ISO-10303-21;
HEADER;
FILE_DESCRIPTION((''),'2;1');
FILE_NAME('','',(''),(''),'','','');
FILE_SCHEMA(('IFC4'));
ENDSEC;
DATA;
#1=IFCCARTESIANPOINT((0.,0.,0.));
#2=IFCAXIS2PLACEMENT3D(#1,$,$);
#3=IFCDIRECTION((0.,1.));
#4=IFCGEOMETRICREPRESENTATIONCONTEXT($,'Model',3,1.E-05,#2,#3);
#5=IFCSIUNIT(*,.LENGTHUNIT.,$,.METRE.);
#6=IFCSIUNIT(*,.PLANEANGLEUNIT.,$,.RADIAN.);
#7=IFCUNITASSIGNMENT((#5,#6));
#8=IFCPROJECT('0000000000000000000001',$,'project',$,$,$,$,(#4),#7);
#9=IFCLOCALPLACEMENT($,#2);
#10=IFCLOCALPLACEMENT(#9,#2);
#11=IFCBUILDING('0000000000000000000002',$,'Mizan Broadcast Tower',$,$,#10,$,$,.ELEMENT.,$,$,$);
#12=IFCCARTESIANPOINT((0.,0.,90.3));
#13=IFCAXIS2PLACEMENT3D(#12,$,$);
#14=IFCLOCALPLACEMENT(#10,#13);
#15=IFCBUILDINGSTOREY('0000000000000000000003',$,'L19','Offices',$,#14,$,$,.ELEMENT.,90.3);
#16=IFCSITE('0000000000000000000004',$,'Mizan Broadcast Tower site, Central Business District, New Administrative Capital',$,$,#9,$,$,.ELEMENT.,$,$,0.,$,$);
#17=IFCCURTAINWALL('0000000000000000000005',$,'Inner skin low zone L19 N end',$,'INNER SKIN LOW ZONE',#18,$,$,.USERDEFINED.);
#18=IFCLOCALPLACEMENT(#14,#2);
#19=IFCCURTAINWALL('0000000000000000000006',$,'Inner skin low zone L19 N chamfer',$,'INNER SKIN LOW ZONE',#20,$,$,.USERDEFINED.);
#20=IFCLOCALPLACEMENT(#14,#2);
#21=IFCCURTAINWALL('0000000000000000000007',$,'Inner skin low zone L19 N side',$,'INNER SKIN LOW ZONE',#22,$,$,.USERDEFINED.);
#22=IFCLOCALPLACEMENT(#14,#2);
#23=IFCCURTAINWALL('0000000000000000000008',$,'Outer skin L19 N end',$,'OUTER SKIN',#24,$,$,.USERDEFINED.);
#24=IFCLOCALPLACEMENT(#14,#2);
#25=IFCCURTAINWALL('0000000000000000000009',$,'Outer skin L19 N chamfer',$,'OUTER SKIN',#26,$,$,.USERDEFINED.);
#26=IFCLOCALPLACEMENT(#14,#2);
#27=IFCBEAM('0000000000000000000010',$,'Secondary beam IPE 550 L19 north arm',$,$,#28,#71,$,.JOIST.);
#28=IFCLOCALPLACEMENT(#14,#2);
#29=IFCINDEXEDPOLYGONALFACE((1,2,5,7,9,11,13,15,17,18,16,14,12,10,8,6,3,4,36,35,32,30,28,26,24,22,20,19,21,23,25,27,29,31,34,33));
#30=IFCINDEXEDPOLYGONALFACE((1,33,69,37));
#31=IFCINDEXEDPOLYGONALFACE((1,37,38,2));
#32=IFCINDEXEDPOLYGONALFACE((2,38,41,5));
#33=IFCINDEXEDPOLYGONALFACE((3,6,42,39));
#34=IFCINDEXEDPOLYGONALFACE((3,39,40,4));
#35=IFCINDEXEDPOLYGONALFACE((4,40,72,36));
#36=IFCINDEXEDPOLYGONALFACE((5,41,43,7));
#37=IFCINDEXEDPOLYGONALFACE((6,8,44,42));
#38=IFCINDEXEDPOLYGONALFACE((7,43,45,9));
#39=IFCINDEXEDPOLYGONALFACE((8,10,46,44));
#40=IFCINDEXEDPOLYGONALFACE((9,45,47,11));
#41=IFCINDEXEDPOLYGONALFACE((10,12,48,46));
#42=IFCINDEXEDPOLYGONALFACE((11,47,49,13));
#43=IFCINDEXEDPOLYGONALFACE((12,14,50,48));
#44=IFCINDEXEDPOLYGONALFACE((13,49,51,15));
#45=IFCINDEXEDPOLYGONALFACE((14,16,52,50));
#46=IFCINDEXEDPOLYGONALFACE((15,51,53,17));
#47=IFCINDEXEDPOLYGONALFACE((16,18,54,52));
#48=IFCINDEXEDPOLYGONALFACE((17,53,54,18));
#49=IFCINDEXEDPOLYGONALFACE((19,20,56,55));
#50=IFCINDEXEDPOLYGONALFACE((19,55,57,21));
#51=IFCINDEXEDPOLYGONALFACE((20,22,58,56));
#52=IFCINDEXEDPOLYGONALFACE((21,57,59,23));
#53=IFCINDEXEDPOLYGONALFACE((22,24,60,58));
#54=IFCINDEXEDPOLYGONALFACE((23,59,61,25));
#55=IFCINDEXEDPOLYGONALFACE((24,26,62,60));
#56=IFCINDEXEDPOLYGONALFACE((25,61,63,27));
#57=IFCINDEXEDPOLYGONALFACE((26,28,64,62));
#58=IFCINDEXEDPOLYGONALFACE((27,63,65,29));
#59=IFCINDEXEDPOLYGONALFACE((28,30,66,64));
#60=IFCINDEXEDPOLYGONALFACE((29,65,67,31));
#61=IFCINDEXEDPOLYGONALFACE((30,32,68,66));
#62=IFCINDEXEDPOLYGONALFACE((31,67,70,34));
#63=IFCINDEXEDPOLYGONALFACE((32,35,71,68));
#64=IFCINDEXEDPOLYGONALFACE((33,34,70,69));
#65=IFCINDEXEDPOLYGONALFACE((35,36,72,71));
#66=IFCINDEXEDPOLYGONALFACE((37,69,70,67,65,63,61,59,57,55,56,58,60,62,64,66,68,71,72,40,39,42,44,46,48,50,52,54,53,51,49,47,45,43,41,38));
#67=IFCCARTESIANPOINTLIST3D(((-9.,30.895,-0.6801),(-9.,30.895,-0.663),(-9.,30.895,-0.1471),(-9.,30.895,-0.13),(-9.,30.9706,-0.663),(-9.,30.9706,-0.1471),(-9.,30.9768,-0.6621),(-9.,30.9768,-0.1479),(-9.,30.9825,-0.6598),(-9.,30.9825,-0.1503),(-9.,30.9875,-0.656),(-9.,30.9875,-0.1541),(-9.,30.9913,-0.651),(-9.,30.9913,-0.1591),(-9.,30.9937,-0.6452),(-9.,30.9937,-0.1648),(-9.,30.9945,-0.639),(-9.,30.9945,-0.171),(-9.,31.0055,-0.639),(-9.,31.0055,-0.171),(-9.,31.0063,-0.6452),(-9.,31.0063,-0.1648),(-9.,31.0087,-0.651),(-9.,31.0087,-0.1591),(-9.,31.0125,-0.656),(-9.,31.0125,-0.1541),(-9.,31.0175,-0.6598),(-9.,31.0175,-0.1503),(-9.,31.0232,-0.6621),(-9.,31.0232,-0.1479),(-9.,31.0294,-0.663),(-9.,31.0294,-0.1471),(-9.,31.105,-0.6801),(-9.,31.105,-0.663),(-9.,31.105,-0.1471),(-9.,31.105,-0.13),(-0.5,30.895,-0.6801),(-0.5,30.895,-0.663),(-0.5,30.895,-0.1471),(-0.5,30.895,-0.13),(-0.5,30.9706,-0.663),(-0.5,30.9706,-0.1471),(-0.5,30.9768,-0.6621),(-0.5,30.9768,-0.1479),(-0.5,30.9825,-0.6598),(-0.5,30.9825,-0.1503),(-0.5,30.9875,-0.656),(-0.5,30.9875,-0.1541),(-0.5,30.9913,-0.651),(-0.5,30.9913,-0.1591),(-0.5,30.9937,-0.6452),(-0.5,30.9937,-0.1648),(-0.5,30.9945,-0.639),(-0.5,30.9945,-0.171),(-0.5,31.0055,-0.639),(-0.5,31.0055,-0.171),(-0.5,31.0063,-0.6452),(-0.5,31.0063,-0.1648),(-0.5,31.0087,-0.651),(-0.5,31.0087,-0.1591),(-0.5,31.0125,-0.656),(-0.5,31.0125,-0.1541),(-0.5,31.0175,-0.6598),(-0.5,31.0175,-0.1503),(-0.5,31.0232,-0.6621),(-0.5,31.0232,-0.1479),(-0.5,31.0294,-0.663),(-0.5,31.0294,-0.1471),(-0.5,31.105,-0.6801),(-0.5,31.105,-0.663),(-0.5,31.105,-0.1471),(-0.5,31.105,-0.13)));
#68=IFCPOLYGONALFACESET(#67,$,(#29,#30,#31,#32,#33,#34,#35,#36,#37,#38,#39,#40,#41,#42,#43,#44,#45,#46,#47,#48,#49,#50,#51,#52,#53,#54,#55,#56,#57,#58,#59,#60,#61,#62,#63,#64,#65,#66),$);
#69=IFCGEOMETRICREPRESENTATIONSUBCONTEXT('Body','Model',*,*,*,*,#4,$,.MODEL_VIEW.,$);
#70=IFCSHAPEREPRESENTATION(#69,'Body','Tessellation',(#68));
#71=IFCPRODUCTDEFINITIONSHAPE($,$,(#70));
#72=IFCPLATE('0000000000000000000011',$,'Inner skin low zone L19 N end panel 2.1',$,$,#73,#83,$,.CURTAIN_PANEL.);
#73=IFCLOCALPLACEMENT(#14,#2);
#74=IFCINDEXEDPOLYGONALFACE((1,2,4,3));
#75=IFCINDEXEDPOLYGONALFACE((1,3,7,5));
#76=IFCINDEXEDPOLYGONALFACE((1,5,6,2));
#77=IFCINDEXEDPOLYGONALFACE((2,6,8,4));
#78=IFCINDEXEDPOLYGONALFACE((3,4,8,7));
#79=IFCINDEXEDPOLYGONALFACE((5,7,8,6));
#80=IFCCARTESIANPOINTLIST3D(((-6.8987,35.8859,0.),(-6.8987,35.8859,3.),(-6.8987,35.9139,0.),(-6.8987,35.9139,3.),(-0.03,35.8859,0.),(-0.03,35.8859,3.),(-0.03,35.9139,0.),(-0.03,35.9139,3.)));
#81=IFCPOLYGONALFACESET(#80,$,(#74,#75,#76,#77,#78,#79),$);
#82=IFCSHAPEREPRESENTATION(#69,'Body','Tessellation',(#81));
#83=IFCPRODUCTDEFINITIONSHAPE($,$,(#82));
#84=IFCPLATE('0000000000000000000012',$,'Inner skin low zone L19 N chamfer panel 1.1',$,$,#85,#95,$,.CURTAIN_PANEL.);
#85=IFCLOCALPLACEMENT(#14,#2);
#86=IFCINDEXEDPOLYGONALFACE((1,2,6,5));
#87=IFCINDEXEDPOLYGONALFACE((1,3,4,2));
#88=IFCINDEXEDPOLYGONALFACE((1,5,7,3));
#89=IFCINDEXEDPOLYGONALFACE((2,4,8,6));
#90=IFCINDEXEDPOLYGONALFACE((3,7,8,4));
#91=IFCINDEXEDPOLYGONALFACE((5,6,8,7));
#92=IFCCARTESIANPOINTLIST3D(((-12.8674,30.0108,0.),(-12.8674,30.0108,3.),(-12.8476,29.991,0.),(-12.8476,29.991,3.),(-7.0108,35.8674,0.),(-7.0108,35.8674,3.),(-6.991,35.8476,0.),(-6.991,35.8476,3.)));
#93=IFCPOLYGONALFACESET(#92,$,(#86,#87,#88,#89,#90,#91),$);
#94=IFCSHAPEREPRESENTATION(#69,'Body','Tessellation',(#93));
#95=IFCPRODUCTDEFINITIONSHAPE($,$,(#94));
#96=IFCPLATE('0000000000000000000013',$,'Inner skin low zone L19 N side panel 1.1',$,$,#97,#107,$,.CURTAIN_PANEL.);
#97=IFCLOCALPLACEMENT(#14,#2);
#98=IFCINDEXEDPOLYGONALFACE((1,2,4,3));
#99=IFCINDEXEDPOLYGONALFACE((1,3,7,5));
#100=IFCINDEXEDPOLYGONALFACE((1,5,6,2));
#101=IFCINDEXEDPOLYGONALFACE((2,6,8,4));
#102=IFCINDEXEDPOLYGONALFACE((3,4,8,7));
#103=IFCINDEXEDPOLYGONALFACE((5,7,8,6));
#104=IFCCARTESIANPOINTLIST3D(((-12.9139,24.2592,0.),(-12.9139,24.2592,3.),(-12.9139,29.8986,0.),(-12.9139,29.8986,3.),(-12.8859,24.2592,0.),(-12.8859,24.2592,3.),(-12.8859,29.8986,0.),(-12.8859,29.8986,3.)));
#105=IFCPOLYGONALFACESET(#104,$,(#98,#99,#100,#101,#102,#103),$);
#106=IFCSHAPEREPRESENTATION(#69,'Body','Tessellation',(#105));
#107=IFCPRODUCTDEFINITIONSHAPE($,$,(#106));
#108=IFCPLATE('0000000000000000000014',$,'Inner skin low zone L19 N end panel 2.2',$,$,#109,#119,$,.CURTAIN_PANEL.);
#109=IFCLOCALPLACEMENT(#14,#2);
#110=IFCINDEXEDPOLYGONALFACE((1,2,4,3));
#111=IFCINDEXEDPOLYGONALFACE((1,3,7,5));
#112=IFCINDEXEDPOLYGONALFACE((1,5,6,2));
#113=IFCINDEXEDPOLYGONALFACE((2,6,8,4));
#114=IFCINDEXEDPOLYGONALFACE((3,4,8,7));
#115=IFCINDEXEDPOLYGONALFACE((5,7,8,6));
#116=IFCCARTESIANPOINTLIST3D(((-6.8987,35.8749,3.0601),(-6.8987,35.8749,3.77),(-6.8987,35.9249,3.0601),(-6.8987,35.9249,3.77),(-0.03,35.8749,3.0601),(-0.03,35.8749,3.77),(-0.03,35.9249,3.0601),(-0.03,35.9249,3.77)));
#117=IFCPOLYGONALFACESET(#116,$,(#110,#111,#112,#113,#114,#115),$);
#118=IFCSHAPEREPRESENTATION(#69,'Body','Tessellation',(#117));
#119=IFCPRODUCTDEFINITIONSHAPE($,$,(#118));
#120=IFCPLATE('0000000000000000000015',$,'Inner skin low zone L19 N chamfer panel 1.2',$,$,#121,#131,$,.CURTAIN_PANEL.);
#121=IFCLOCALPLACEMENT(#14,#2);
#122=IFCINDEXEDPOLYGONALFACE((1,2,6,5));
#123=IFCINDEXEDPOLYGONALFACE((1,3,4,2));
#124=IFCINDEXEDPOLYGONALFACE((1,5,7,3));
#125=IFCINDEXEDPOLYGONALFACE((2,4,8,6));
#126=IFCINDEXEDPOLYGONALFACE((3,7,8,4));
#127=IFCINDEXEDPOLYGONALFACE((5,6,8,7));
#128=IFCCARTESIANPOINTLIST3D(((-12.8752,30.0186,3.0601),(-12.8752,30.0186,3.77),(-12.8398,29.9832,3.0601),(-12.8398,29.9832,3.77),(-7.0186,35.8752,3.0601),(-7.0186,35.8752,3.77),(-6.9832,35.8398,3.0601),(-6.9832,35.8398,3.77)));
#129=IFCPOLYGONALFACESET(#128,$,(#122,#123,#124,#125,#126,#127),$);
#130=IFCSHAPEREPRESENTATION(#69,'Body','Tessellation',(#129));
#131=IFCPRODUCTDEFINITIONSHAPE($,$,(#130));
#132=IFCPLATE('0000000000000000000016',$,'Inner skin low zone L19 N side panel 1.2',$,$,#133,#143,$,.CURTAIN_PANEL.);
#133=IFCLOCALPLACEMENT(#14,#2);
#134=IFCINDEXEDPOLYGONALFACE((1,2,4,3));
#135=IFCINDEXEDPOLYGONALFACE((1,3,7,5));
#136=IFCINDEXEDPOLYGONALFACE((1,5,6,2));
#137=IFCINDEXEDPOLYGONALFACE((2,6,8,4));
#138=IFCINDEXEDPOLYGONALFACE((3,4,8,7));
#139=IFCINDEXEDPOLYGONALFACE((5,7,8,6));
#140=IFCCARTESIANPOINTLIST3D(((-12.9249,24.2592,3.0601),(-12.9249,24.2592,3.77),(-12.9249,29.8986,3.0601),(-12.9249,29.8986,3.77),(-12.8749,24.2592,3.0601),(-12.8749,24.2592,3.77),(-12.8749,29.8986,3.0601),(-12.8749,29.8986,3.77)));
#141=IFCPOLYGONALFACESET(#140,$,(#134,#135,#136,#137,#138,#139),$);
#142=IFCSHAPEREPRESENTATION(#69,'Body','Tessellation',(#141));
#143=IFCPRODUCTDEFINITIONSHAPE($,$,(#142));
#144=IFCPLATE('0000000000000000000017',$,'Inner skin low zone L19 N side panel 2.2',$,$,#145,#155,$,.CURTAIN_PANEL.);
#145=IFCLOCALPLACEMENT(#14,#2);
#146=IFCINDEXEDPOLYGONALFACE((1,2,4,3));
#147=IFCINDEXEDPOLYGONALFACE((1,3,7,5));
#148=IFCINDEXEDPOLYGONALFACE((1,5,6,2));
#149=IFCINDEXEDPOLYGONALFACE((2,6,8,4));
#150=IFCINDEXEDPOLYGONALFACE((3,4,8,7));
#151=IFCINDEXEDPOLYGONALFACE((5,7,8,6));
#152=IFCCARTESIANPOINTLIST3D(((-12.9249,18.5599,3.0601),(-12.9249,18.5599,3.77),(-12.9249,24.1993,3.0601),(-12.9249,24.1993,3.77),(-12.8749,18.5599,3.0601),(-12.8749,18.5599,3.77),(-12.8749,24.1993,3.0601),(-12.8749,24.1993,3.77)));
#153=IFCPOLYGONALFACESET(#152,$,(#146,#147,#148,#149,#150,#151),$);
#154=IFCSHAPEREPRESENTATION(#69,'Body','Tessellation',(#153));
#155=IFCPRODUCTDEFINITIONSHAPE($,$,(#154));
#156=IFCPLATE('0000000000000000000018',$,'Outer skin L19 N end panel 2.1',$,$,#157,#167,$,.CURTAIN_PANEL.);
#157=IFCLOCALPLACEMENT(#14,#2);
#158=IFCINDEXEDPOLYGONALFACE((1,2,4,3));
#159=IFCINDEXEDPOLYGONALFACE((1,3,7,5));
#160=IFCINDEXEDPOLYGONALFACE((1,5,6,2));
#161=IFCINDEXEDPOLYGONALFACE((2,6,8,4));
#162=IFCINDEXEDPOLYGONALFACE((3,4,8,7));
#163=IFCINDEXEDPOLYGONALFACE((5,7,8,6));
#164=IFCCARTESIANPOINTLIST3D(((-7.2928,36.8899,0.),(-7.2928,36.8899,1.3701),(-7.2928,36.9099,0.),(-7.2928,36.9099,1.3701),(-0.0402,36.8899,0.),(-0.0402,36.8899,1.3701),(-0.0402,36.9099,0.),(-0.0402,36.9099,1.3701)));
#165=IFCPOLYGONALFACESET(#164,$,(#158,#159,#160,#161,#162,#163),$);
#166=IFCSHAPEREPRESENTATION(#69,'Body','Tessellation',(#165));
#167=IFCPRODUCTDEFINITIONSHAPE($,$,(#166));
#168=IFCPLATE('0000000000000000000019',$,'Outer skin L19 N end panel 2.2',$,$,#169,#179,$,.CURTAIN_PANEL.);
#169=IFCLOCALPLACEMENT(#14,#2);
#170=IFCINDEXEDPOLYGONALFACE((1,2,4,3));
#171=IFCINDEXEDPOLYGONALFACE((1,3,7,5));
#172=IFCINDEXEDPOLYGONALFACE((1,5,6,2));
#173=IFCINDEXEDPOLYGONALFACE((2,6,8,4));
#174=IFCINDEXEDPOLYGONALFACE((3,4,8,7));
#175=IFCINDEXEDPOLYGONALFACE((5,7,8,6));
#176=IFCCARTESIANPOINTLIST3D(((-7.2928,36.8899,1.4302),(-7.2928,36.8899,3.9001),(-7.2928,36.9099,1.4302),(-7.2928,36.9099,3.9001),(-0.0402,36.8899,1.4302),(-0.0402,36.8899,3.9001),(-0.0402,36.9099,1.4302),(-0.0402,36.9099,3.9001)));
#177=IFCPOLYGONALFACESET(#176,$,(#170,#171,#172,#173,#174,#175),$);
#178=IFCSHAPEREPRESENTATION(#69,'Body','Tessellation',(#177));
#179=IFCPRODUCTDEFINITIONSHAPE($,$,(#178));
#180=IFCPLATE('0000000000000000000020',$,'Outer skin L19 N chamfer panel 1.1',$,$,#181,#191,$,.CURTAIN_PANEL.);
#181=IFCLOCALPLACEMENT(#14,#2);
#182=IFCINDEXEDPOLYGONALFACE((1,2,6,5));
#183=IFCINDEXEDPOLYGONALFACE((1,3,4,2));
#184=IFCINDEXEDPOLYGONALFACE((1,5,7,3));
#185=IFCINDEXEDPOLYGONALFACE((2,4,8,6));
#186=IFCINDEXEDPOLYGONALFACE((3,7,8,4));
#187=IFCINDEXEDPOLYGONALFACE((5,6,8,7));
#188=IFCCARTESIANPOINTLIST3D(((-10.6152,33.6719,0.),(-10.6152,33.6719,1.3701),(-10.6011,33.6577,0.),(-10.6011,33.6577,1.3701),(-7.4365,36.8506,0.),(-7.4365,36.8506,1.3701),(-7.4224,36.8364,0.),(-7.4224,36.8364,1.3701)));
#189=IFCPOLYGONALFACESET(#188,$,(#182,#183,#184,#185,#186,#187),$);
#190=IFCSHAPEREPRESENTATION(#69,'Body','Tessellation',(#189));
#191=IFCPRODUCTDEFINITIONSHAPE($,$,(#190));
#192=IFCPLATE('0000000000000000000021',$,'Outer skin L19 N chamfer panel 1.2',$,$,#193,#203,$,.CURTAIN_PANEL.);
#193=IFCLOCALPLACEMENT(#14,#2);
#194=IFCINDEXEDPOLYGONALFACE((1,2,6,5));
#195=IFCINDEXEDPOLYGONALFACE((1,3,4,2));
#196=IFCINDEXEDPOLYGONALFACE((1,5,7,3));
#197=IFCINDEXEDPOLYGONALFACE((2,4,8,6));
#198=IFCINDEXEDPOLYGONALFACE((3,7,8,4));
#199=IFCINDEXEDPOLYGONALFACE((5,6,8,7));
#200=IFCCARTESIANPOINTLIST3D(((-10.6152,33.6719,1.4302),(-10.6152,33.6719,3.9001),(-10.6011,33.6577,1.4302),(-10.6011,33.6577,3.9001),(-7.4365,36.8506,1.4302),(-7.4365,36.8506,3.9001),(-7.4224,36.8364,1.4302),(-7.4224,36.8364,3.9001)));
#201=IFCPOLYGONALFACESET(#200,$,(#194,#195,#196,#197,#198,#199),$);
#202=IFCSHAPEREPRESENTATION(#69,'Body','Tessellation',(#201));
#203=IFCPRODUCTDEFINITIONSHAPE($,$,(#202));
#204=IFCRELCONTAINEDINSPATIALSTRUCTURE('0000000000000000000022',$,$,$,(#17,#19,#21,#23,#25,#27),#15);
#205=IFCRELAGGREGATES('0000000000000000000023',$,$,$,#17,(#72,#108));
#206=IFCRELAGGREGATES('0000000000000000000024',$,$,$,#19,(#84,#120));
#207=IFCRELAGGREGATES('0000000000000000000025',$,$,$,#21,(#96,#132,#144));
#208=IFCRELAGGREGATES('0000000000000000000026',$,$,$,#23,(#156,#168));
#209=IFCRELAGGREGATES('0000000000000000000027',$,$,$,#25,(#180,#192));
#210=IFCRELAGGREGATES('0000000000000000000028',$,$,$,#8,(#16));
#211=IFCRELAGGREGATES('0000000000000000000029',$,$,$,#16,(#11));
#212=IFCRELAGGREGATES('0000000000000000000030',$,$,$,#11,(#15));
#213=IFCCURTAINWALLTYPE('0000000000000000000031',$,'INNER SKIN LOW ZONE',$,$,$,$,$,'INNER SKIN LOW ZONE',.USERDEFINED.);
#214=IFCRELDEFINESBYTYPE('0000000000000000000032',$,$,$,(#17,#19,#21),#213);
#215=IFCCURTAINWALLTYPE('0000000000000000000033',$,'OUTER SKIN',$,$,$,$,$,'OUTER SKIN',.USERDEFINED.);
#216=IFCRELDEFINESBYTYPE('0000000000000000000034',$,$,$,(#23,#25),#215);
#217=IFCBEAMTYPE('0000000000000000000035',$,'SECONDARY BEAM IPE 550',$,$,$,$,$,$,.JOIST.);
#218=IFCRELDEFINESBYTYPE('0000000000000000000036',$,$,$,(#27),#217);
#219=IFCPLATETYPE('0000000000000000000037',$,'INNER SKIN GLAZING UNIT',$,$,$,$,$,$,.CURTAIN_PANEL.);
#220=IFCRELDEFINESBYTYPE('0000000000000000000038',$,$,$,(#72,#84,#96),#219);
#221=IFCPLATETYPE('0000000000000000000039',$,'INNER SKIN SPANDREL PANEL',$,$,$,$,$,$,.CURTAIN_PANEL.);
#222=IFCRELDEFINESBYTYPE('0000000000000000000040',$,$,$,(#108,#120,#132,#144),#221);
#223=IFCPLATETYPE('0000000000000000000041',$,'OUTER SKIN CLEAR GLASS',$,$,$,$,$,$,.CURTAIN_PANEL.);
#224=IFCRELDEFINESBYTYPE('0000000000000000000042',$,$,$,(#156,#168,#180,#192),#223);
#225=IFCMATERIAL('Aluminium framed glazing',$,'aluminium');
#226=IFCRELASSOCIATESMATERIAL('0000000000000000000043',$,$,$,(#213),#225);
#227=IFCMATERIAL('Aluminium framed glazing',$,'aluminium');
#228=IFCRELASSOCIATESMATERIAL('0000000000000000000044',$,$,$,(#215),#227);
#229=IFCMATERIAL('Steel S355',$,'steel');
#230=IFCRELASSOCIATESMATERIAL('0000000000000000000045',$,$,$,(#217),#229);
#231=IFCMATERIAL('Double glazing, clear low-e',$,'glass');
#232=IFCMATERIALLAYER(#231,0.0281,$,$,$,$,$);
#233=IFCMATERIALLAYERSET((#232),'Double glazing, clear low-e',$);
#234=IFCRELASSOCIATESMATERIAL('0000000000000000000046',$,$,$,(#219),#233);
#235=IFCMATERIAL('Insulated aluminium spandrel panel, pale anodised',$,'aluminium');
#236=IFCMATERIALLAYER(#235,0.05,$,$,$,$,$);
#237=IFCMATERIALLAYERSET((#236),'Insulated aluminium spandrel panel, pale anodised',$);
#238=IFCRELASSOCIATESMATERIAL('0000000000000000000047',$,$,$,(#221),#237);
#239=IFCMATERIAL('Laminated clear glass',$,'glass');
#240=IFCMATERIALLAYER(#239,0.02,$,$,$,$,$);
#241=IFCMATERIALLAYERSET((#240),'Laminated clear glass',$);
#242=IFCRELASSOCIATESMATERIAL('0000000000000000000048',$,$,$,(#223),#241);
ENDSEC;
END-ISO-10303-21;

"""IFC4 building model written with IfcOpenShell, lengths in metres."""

from ifc_helpers import new_model, si_unit, direction, frame, origin, origin_2d, place, context, subcontext, project, spatial, rectangle, i_section, extrude, material, layer, layer_set, material_profile, profile_set, type_object, element, aggregate, save


model = new_model("IFC4")

# Units and contexts
model_context = context("Model", 3, precision=1e-05, world=origin(), true_north=direction((0.0, 1.0)))
body_context = subcontext(model_context, "Body", "Model", "MODEL_VIEW")
ifc_project = project(units=[si_unit("LENGTHUNIT", "METRE"), si_unit("PLANEANGLEUNIT", "RADIAN")], contexts=[model_context])

# Site, building, storey
site_placement = place(None, origin())
site = spatial("IfcSite", under=ifc_project, at=site_placement, Name="Mizan Broadcast Tower site, Central Business District, New Administrative Capital", CompositionType="ELEMENT", RefElevation=0.0)
building_placement = place(site_placement, origin())
building = spatial("IfcBuilding", under=site, at=building_placement, Name="Mizan Broadcast Tower", CompositionType="ELEMENT")
storey_placement = place(building_placement, frame((0.0, 0.0, 90.3)))
storey = spatial("IfcBuildingStorey", under=building, at=storey_placement, Name="L19", Description="Offices", CompositionType="ELEMENT", Elevation=90.3)

# Curtain walls
ifc_material_1 = material(Name="Aluminium framed glazing", Category="aluminium")
curtain_wall_type_1 = type_object("IfcCurtainWallType", Name="INNER SKIN LOW ZONE", ElementType="INNER SKIN LOW ZONE", PredefinedType="USERDEFINED", material=ifc_material_1)
curtain_wall_1_placement = place(storey_placement, origin())
curtain_wall_1 = element("IfcCurtainWall", 1, at=curtain_wall_1_placement, inside=storey, type_object=curtain_wall_type_1, Name="Inner skin low zone L19 N end", ObjectType="INNER SKIN LOW ZONE", PredefinedType="USERDEFINED")
curtain_wall_2_placement = place(storey_placement, origin())
curtain_wall_2 = element("IfcCurtainWall", 2, at=curtain_wall_2_placement, inside=storey, type_object=curtain_wall_type_1, Name="Inner skin low zone L19 N chamfer", ObjectType="INNER SKIN LOW ZONE", PredefinedType="USERDEFINED")
curtain_wall_3_placement = place(storey_placement, origin())
curtain_wall_3 = element("IfcCurtainWall", 3, at=curtain_wall_3_placement, inside=storey, type_object=curtain_wall_type_1, Name="Inner skin low zone L19 N side", ObjectType="INNER SKIN LOW ZONE", PredefinedType="USERDEFINED")

# Curtain walls
ifc_material_2 = material(Name="Aluminium framed glazing", Category="aluminium")
curtain_wall_type_2 = type_object("IfcCurtainWallType", Name="OUTER SKIN", ElementType="OUTER SKIN", PredefinedType="USERDEFINED", material=ifc_material_2)
curtain_wall_4_placement = place(storey_placement, origin())
curtain_wall_4 = element("IfcCurtainWall", 4, at=curtain_wall_4_placement, inside=storey, type_object=curtain_wall_type_2, Name="Outer skin L19 N end", ObjectType="OUTER SKIN", PredefinedType="USERDEFINED")
curtain_wall_5_placement = place(storey_placement, origin())
curtain_wall_5 = element("IfcCurtainWall", 5, at=curtain_wall_5_placement, inside=storey, type_object=curtain_wall_type_2, Name="Outer skin L19 N chamfer", ObjectType="OUTER SKIN", PredefinedType="USERDEFINED")

# Beam
ifc_material_3 = material(Name="Steel S355", Category="steel")
ifc_material_profile_1 = material_profile(ifc_material_3, i_section(OverallWidth=0.21, OverallDepth=0.55, WebThickness=0.011, FlangeThickness=0.0171, FilletRadius=0.0239, at=origin_2d()), Name="IPE 550")
ifc_profile_set_1 = profile_set([ifc_material_profile_1], Name="Steel S355")
beam_type_1 = type_object("IfcBeamType", Name="SECONDARY BEAM IPE 550", PredefinedType="JOIST", material=ifc_profile_set_1)
beam_1_placement = place(storey_placement, frame((-9.0, 31.0, -0.405), z_axis=(1.0, 0.0, 0.0), x_axis=(0.0, 1.0, 0.0)))
element("IfcBeam", 6, at=beam_1_placement, inside=storey, type_object=beam_type_1, Name="Secondary beam IPE 550 L19 north arm", PredefinedType="JOIST", context=body_context, shape_type="SweptSolid", body=[
    extrude(i_section(OverallWidth=0.21, OverallDepth=0.55, WebThickness=0.011, FlangeThickness=0.0171, FilletRadius=0.0239, at=origin_2d()), origin(), (0.0, 0.0, 1.0), 8.5),
])

# Plates
ifc_material_4 = material(Name="Double glazing, clear low-e", Category="glass")
ifc_layer_1 = layer(ifc_material_4, 0.0281)
ifc_layer_set_1 = layer_set([ifc_layer_1], Name="Double glazing, clear low-e")
plate_type_1 = type_object("IfcPlateType", Name="INNER SKIN GLAZING UNIT", PredefinedType="CURTAIN_PANEL", material=ifc_layer_set_1)
plate_1_placement = place(storey_placement, frame((-3.4644, 35.8999, 0.0), z_axis=(0.0, 0.0, 1.0), x_axis=(-1.0, 0.0, 0.0)))
plate_1 = element("IfcPlate", 7, at=plate_1_placement, type_object=plate_type_1, Name="Inner skin low zone L19 N end panel 2.1", PredefinedType="CURTAIN_PANEL", context=body_context, shape_type="SweptSolid", body=[
    extrude(rectangle(XDim=6.8687, YDim=0.0281, at=origin_2d()), origin(), (0.0, 0.0, 1.0), 3.0),
])
plate_2_placement = place(storey_placement, frame((-9.9292, 32.9292, 0.0), z_axis=(0.0, 0.0, 1.0), x_axis=(-0.707107, -0.707107, 0.0)))
plate_2 = element("IfcPlate", 8, at=plate_2_placement, type_object=plate_type_1, Name="Inner skin low zone L19 N chamfer panel 1.1", PredefinedType="CURTAIN_PANEL", context=body_context, shape_type="SweptSolid", body=[
    extrude(rectangle(XDim=8.2825, YDim=0.0281, at=origin_2d()), origin(), (0.0, 0.0, 1.0), 3.0),
])
plate_3_placement = place(storey_placement, frame((-12.8999, 27.0789, 0.0), z_axis=(0.0, 0.0, 1.0), x_axis=(0.0, -1.0, 0.0)))
plate_3 = element("IfcPlate", 9, at=plate_3_placement, type_object=plate_type_1, Name="Inner skin low zone L19 N side panel 1.1", PredefinedType="CURTAIN_PANEL", context=body_context, shape_type="SweptSolid", body=[
    extrude(rectangle(XDim=5.6394, YDim=0.0281, at=origin_2d()), origin(), (0.0, 0.0, 1.0), 3.0),
])
ifc_material_5 = material(Name="Insulated aluminium spandrel panel, pale anodised", Category="aluminium")
ifc_layer_2 = layer(ifc_material_5, 0.05)
ifc_layer_set_2 = layer_set([ifc_layer_2], Name="Insulated aluminium spandrel panel, pale anodised")
plate_type_2 = type_object("IfcPlateType", Name="INNER SKIN SPANDREL PANEL", PredefinedType="CURTAIN_PANEL", material=ifc_layer_set_2)
plate_4_placement = place(storey_placement, frame((-3.4644, 35.8999, 3.0601), z_axis=(0.0, 0.0, 1.0), x_axis=(-1.0, 0.0, 0.0)))
plate_4 = element("IfcPlate", 10, at=plate_4_placement, type_object=plate_type_2, Name="Inner skin low zone L19 N end panel 2.2", PredefinedType="CURTAIN_PANEL", context=body_context, shape_type="SweptSolid", body=[
    extrude(rectangle(XDim=6.8687, YDim=0.05, at=origin_2d()), origin(), (0.0, 0.0, 1.0), 0.71),
])
aggregate(curtain_wall_1, [plate_1, plate_4])
plate_5_placement = place(storey_placement, frame((-9.9292, 32.9292, 3.0601), z_axis=(0.0, 0.0, 1.0), x_axis=(-0.707107, -0.707107, 0.0)))
plate_5 = element("IfcPlate", 11, at=plate_5_placement, type_object=plate_type_2, Name="Inner skin low zone L19 N chamfer panel 1.2", PredefinedType="CURTAIN_PANEL", context=body_context, shape_type="SweptSolid", body=[
    extrude(rectangle(XDim=8.2825, YDim=0.05, at=origin_2d()), origin(), (0.0, 0.0, 1.0), 0.71),
])
aggregate(curtain_wall_2, [plate_2, plate_5])
plate_6_placement = place(storey_placement, frame((-12.8999, 27.0789, 3.0601), z_axis=(0.0, 0.0, 1.0), x_axis=(0.0, -1.0, 0.0)))
plate_6 = element("IfcPlate", 12, at=plate_6_placement, type_object=plate_type_2, Name="Inner skin low zone L19 N side panel 1.2", PredefinedType="CURTAIN_PANEL", context=body_context, shape_type="SweptSolid", body=[
    extrude(rectangle(XDim=5.6394, YDim=0.05, at=origin_2d()), origin(), (0.0, 0.0, 1.0), 0.71),
])
plate_7_placement = place(storey_placement, frame((-12.8999, 21.3796, 3.0601), z_axis=(0.0, 0.0, 1.0), x_axis=(0.0, -1.0, 0.0)))
plate_7 = element("IfcPlate", 13, at=plate_7_placement, type_object=plate_type_2, Name="Inner skin low zone L19 N side panel 2.2", PredefinedType="CURTAIN_PANEL", context=body_context, shape_type="SweptSolid", body=[
    extrude(rectangle(XDim=5.6394, YDim=0.05, at=origin_2d()), origin(), (0.0, 0.0, 1.0), 0.71),
])
aggregate(curtain_wall_3, [plate_3, plate_6, plate_7])
ifc_material_6 = material(Name="Laminated clear glass", Category="glass")
ifc_layer_3 = layer(ifc_material_6, 0.02)
ifc_layer_set_3 = layer_set([ifc_layer_3], Name="Laminated clear glass")
plate_type_3 = type_object("IfcPlateType", Name="OUTER SKIN CLEAR GLASS", PredefinedType="CURTAIN_PANEL", material=ifc_layer_set_3)
plate_8_placement = place(storey_placement, frame((-3.6665, 36.8999, 0.0), z_axis=(0.0, 0.0, 1.0), x_axis=(-1.0, 0.0, 0.0)))
plate_8 = element("IfcPlate", 14, at=plate_8_placement, type_object=plate_type_3, Name="Outer skin L19 N end panel 2.1", PredefinedType="CURTAIN_PANEL", context=body_context, shape_type="SweptSolid", body=[
    extrude(rectangle(XDim=7.2527, YDim=0.02, at=origin_2d()), origin(), (0.0, 0.0, 1.0), 1.3701),
])
plate_9_placement = place(storey_placement, frame((-3.6665, 36.8999, 1.4302), z_axis=(0.0, 0.0, 1.0), x_axis=(-1.0, 0.0, 0.0)))
plate_9 = element("IfcPlate", 15, at=plate_9_placement, type_object=plate_type_3, Name="Outer skin L19 N end panel 2.2", PredefinedType="CURTAIN_PANEL", context=body_context, shape_type="SweptSolid", body=[
    extrude(rectangle(XDim=7.2527, YDim=0.02, at=origin_2d()), origin(), (0.0, 0.0, 1.0), 2.47),
])
aggregate(curtain_wall_4, [plate_8, plate_9])
plate_10_placement = place(storey_placement, frame((-9.0188, 35.2542, 0.0), z_axis=(0.0, 0.0, 1.0), x_axis=(-0.707107, -0.707107, 0.0)))
plate_10 = element("IfcPlate", 16, at=plate_10_placement, type_object=plate_type_3, Name="Outer skin L19 N chamfer panel 1.1", PredefinedType="CURTAIN_PANEL", context=body_context, shape_type="SweptSolid", body=[
    extrude(rectangle(XDim=4.4954, YDim=0.02, at=origin_2d()), origin(), (0.0, 0.0, 1.0), 1.3701),
])
plate_11_placement = place(storey_placement, frame((-9.0188, 35.2542, 1.4302), z_axis=(0.0, 0.0, 1.0), x_axis=(-0.707107, -0.707107, 0.0)))
plate_11 = element("IfcPlate", 17, at=plate_11_placement, type_object=plate_type_3, Name="Outer skin L19 N chamfer panel 1.2", PredefinedType="CURTAIN_PANEL", context=body_context, shape_type="SweptSolid", body=[
    extrude(rectangle(XDim=4.4954, YDim=0.02, at=origin_2d()), origin(), (0.0, 0.0, 1.0), 2.47),
])
aggregate(curtain_wall_5, [plate_10, plate_11])

save(model, "model.ifc")
